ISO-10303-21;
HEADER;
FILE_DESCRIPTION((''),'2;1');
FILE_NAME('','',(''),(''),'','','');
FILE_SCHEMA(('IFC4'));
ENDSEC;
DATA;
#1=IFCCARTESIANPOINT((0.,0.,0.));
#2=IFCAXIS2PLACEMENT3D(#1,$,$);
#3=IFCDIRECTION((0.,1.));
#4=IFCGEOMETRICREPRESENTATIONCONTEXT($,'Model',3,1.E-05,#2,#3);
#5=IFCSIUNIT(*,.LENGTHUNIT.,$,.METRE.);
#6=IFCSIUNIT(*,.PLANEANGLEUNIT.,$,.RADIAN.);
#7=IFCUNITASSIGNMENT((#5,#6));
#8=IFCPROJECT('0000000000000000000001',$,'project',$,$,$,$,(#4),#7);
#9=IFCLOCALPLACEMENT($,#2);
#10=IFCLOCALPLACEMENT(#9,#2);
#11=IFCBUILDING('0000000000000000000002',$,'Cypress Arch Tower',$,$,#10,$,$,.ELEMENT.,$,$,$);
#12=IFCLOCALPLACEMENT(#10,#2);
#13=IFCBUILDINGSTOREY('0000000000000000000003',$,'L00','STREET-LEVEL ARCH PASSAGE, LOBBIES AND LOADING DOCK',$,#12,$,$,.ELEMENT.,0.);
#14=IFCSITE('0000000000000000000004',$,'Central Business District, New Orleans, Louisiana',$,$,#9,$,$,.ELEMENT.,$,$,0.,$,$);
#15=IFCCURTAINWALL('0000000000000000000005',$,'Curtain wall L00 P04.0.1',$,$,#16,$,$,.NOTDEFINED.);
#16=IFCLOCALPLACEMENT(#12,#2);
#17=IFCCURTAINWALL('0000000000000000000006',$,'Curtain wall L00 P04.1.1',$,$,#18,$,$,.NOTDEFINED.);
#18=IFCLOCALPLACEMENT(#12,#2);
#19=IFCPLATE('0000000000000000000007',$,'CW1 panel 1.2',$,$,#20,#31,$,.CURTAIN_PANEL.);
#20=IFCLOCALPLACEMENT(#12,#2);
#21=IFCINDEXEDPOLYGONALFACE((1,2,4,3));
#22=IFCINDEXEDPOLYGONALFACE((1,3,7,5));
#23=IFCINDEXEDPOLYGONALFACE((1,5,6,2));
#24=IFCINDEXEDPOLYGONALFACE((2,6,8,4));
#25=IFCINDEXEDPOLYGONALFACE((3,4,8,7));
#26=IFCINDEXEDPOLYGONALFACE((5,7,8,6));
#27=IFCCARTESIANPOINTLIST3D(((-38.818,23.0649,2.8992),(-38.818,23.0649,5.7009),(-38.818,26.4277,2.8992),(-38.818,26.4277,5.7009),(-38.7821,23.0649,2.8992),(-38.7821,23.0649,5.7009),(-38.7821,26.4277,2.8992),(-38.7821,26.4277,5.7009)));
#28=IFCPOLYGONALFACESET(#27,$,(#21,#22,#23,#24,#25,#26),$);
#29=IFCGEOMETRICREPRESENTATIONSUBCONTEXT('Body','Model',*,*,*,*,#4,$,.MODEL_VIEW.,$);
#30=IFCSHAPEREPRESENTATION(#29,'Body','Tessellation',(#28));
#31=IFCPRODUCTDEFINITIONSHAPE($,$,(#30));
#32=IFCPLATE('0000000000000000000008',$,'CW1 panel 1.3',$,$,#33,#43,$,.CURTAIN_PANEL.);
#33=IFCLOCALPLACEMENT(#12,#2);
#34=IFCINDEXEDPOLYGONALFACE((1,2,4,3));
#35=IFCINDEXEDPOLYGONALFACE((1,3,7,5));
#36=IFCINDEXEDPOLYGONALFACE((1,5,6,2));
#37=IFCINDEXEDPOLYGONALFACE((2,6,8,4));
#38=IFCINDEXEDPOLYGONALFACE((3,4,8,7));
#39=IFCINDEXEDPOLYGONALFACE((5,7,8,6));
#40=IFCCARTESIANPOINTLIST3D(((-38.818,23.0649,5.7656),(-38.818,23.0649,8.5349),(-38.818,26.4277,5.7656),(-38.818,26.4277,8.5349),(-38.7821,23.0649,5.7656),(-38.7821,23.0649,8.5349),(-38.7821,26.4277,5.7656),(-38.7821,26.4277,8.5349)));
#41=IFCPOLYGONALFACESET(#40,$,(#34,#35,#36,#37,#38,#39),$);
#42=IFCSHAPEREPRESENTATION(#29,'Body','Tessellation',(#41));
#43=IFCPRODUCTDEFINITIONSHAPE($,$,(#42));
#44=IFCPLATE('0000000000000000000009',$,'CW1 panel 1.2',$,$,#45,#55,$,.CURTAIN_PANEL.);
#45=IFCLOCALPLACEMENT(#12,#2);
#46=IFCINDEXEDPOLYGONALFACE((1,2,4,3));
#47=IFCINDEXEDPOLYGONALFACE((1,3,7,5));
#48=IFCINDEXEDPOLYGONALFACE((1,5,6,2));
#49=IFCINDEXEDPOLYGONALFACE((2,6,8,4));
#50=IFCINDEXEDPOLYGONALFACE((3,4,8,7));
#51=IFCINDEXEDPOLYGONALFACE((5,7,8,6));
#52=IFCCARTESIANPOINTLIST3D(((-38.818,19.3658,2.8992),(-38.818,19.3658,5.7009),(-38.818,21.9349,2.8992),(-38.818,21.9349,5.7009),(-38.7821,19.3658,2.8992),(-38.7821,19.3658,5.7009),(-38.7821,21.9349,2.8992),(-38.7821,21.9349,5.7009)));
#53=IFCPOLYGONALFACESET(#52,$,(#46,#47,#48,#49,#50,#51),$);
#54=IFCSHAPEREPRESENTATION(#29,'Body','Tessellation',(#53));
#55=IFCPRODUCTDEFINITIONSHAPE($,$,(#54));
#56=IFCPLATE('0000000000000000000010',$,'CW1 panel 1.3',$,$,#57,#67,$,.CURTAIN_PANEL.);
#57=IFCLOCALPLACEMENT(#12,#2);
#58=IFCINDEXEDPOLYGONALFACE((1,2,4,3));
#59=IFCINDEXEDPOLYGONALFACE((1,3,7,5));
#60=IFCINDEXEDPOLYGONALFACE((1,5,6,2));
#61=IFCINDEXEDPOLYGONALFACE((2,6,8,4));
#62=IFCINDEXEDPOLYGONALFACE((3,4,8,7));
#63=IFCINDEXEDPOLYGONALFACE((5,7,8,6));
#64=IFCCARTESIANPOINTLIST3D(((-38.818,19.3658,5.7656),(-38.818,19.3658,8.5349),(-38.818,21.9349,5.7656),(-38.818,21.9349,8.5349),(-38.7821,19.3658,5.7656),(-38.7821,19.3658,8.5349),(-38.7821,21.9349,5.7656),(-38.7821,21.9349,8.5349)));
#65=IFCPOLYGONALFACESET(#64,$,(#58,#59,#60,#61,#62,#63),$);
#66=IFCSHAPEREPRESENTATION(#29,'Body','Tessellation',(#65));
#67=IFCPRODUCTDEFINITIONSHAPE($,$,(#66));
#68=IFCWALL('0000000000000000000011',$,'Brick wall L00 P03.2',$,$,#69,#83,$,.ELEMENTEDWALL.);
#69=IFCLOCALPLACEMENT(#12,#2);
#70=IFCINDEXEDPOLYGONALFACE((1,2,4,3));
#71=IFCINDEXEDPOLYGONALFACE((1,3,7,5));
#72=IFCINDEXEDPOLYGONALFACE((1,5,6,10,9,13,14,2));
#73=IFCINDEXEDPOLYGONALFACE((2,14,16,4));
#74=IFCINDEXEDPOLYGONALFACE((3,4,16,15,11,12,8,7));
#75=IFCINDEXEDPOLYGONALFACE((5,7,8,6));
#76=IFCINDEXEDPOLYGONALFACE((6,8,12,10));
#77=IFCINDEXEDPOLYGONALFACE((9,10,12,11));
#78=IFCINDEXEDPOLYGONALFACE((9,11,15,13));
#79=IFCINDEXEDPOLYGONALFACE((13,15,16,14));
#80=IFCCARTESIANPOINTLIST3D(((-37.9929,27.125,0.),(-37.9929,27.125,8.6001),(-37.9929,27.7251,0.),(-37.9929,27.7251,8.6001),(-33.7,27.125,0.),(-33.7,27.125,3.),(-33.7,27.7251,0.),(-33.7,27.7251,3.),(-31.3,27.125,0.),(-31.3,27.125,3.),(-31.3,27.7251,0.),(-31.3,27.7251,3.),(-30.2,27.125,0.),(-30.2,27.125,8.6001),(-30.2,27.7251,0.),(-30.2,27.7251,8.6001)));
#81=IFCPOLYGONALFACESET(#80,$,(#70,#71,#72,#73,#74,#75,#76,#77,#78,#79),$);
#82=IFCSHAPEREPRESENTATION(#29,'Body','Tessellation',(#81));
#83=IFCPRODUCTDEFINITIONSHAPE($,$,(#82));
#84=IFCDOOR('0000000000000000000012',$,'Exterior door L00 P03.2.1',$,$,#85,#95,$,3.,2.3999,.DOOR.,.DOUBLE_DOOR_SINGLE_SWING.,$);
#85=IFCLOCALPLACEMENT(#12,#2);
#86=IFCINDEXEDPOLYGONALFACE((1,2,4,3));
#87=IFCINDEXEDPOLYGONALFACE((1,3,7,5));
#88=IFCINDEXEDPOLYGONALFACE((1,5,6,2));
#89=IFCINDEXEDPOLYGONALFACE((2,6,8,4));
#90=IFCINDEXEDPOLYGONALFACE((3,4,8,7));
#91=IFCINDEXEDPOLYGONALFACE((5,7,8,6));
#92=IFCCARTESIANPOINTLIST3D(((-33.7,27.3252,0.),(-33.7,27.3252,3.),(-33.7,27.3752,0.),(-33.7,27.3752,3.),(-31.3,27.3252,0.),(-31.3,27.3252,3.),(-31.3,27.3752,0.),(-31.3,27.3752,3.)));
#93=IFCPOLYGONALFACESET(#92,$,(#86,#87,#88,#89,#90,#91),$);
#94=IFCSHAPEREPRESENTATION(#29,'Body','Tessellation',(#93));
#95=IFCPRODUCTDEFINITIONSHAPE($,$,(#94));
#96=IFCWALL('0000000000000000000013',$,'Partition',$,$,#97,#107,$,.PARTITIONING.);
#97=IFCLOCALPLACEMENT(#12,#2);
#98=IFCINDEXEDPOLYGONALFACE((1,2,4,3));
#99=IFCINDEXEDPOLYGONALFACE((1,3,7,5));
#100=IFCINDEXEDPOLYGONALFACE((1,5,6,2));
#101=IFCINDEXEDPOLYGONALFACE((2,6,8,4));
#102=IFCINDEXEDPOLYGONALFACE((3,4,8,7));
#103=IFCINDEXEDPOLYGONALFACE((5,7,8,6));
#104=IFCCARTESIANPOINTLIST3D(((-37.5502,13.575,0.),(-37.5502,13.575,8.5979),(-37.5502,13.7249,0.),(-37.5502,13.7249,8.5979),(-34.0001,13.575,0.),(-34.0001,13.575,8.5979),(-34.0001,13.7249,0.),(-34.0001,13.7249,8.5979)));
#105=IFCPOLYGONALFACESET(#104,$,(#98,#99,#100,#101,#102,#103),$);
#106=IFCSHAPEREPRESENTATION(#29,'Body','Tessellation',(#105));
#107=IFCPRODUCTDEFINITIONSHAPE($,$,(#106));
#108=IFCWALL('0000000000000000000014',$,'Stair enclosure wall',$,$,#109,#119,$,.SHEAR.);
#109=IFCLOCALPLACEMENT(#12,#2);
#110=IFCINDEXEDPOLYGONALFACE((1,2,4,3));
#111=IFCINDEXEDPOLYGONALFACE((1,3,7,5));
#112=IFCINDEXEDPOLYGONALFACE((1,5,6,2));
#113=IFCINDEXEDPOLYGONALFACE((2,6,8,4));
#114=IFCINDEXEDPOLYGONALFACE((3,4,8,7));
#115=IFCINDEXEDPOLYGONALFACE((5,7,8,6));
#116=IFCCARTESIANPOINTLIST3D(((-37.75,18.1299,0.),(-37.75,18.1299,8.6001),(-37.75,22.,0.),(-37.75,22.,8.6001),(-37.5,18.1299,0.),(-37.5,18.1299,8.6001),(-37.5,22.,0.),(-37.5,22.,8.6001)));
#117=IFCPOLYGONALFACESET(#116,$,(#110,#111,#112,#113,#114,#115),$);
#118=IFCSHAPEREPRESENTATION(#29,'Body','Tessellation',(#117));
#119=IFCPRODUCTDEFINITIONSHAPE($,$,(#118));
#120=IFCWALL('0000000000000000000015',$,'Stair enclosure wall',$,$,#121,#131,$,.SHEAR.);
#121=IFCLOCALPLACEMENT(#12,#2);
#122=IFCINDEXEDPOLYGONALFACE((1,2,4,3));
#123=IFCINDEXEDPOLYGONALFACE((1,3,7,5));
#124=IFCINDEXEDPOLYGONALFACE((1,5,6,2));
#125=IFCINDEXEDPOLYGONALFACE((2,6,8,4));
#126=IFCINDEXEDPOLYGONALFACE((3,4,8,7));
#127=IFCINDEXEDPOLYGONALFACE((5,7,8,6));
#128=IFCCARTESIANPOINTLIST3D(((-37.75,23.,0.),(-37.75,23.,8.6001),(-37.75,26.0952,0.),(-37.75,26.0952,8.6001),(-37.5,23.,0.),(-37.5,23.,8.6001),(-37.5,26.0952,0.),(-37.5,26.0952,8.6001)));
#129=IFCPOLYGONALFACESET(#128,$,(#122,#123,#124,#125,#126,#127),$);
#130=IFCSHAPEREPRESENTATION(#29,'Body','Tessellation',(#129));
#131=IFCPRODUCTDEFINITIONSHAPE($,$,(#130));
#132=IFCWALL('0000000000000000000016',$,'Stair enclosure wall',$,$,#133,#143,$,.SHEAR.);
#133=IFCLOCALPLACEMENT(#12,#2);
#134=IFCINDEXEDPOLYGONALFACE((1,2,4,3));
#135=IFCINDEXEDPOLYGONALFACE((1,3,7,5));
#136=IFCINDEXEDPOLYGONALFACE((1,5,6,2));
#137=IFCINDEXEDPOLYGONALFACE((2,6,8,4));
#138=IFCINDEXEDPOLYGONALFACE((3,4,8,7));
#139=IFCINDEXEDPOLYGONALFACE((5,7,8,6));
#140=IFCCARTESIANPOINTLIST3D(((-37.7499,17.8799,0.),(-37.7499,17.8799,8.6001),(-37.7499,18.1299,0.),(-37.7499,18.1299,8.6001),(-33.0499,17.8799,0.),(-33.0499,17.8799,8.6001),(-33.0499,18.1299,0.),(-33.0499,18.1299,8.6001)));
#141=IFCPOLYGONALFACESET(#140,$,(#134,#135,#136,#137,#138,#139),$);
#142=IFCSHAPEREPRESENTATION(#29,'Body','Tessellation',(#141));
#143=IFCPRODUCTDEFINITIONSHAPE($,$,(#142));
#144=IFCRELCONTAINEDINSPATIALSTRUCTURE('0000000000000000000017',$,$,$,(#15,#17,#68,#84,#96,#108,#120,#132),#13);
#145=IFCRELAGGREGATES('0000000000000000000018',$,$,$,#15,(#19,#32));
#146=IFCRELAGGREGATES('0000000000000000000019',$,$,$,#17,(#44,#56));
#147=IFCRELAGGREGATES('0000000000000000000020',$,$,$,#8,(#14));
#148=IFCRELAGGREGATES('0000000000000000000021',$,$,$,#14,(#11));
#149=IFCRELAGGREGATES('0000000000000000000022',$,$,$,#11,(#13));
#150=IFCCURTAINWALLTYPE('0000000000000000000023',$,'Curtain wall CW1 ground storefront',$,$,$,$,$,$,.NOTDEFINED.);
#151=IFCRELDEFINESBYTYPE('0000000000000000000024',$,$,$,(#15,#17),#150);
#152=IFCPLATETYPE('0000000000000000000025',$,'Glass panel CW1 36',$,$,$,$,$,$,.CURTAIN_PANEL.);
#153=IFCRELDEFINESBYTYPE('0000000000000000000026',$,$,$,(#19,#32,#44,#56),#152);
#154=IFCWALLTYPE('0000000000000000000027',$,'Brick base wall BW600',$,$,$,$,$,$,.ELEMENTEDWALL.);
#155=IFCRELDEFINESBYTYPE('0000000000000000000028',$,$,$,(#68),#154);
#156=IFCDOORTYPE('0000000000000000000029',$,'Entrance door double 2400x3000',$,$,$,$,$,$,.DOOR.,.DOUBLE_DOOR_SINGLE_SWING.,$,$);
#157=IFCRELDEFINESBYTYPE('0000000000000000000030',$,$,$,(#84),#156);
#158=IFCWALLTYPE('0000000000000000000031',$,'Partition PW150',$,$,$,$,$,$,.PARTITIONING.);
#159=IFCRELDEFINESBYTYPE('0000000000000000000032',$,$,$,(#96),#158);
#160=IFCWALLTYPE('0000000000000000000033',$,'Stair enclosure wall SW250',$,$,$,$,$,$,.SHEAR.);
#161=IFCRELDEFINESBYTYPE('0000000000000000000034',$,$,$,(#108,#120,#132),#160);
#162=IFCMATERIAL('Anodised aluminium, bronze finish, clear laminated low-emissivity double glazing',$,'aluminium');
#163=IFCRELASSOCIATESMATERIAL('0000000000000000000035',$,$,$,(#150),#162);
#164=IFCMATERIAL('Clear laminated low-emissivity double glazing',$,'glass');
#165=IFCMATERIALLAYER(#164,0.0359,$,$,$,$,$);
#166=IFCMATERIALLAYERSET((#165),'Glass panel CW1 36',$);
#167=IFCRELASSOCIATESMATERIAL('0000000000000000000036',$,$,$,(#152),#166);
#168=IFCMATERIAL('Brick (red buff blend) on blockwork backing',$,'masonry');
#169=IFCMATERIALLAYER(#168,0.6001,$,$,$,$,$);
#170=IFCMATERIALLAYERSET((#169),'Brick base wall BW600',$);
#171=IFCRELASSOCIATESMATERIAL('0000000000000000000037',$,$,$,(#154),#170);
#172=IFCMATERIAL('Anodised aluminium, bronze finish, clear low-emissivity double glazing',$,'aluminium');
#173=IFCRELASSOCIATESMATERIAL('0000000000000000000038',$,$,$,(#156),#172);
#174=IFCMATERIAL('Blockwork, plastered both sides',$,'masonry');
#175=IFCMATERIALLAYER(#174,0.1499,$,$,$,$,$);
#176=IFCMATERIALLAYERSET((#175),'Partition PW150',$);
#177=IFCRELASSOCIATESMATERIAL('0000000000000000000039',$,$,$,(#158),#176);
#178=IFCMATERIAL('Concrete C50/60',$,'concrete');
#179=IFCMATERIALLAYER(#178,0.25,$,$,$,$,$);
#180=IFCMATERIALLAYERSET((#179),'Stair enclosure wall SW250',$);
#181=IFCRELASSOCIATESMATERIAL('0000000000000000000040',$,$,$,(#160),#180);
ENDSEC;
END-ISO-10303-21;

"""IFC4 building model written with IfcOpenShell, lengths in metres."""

from ifc_helpers import new_model, si_unit, direction, frame, frame_2d, origin, origin_2d, place, context, subcontext, project, spatial, rectangle, extrude, material, layer, layer_set, type_object, element, fill, aggregate, save


model = new_model("IFC4")

# Units and contexts
model_context = context("Model", 3, precision=1e-05, world=origin(), true_north=direction((0.0, 1.0)))
body_context = subcontext(model_context, "Body", "Model", "MODEL_VIEW")
ifc_project = project(units=[si_unit("LENGTHUNIT", "METRE"), si_unit("PLANEANGLEUNIT", "RADIAN")], contexts=[model_context])

# Site, building, storey
site_placement = place(None, origin())
site = spatial("IfcSite", under=ifc_project, at=site_placement, Name="Central Business District, New Orleans, Louisiana", CompositionType="ELEMENT", RefElevation=0.0)
building_placement = place(site_placement, origin())
building = spatial("IfcBuilding", under=site, at=building_placement, Name="Cypress Arch Tower", CompositionType="ELEMENT")
storey_placement = place(building_placement, origin())
storey = spatial("IfcBuildingStorey", under=building, at=storey_placement, Name="L00", Description="STREET-LEVEL ARCH PASSAGE, LOBBIES AND LOADING DOCK", CompositionType="ELEMENT", Elevation=0.0)

# Curtain wall
ifc_material_1 = material(Name="Anodised aluminium, bronze finish, clear laminated low-emissivity double glazing", Category="aluminium")
curtain_wall_type = type_object("IfcCurtainWallType", Name="Curtain wall CW1 ground storefront", PredefinedType="NOTDEFINED", material=ifc_material_1)
curtain_wall_1_placement = place(storey_placement, origin())
curtain_wall_1 = element("IfcCurtainWall", 1, at=curtain_wall_1_placement, inside=storey, type_object=curtain_wall_type, Name="Curtain wall L00 P04.0.1", PredefinedType="NOTDEFINED")

# Curtain wall
curtain_wall_2_placement = place(storey_placement, origin())
curtain_wall_2 = element("IfcCurtainWall", 2, at=curtain_wall_2_placement, inside=storey, type_object=curtain_wall_type, Name="Curtain wall L00 P04.1.1", PredefinedType="NOTDEFINED")

# Plates
ifc_material_2 = material(Name="Clear laminated low-emissivity double glazing", Category="glass")
ifc_layer_1 = layer(ifc_material_2, 0.0359)
ifc_layer_set_1 = layer_set([ifc_layer_1], Name="Glass panel CW1 36")
plate_type = type_object("IfcPlateType", Name="Glass panel CW1 36", PredefinedType="CURTAIN_PANEL", material=ifc_layer_set_1)
plate_1_placement = place(storey_placement, frame((-38.8, 24.7463, 2.8992), z_axis=(0.0, 0.0, 1.0), x_axis=(0.0, -1.0, 0.0)))
plate_1 = element("IfcPlate", 3, at=plate_1_placement, type_object=plate_type, Name="CW1 panel 1.2", PredefinedType="CURTAIN_PANEL", context=body_context, shape_type="SweptSolid", body=[
    extrude(rectangle(XDim=3.3628, YDim=0.0359, at=origin_2d()), origin(), (0.0, 0.0, 1.0), 2.8018),
])
plate_2_placement = place(storey_placement, frame((-38.8, 24.7463, 5.7656), z_axis=(0.0, 0.0, 1.0), x_axis=(0.0, -1.0, 0.0)))
plate_2 = element("IfcPlate", 4, at=plate_2_placement, type_object=plate_type, Name="CW1 panel 1.3", PredefinedType="CURTAIN_PANEL", context=body_context, shape_type="SweptSolid", body=[
    extrude(rectangle(XDim=3.3628, YDim=0.0359, at=origin_2d()), origin(), (0.0, 0.0, 1.0), 2.7693),
])
aggregate(curtain_wall_1, [plate_1, plate_2])
plate_3_placement = place(storey_placement, frame((-38.8, 20.6504, 2.8992), z_axis=(0.0, 0.0, 1.0), x_axis=(0.0, -1.0, 0.0)))
plate_3 = element("IfcPlate", 5, at=plate_3_placement, type_object=plate_type, Name="CW1 panel 1.2", PredefinedType="CURTAIN_PANEL", context=body_context, shape_type="SweptSolid", body=[
    extrude(rectangle(XDim=2.5691, YDim=0.0359, at=origin_2d()), origin(), (0.0, 0.0, 1.0), 2.8018),
])
plate_4_placement = place(storey_placement, frame((-38.8, 20.6504, 5.7656), z_axis=(0.0, 0.0, 1.0), x_axis=(0.0, -1.0, 0.0)))
plate_4 = element("IfcPlate", 6, at=plate_4_placement, type_object=plate_type, Name="CW1 panel 1.3", PredefinedType="CURTAIN_PANEL", context=body_context, shape_type="SweptSolid", body=[
    extrude(rectangle(XDim=2.5691, YDim=0.0359, at=origin_2d()), origin(), (0.0, 0.0, 1.0), 2.7693),
])
aggregate(curtain_wall_2, [plate_3, plate_4])

# Wall, opening, door
ifc_material_3 = material(Name="Brick (red buff blend) on blockwork backing", Category="masonry")
ifc_layer_2 = layer(ifc_material_3, 0.6001)
ifc_layer_set_2 = layer_set([ifc_layer_2], Name="Brick base wall BW600")
wall_type_1 = type_object("IfcWallType", Name="Brick base wall BW600", PredefinedType="ELEMENTEDWALL", material=ifc_layer_set_2)
wall_1_placement = place(storey_placement, frame((-37.9929, 27.425, 0.0), z_axis=(0.0, 0.0, 1.0), x_axis=(1.0, 0.0, 0.0)))
wall_1 = element("IfcWall", 7, at=wall_1_placement, inside=storey, type_object=wall_type_1, Name="Brick wall L00 P03.2", PredefinedType="ELEMENTEDWALL", context=body_context, shape_type="SweptSolid", body=[
    extrude(rectangle(XDim=7.793, YDim=0.6001, at=frame_2d((3.8965, 0.0))), origin(), (0.0, 0.0, 1.0), 8.6001),
])
opening_placement = place(wall_1_placement, frame((4.293, 0.0, 0.0)))
opening = element("IfcOpeningElement", 8, at=opening_placement, cuts=wall_1, PredefinedType="OPENING", context=body_context, shape_type="SweptSolid", body=[
    extrude(rectangle(XDim=2.3999, YDim=3.0, at=frame_2d((1.2, 1.5))), frame((0.0, 0.3101, 0.0), z_axis=(0.0, -1.0, 0.0), x_axis=(1.0, 0.0, 0.0)), (0.0, 0.0, 1.0), 0.6201),
])
ifc_material_4 = material(Name="Anodised aluminium, bronze finish, clear low-emissivity double glazing", Category="aluminium")
door_type = type_object("IfcDoorType", Name="Entrance door double 2400x3000", OperationType="DOUBLE_DOOR_SINGLE_SWING", PredefinedType="DOOR", material=ifc_material_4)
door_placement = place(opening_placement, origin())
door = element("IfcDoor", 9, at=door_placement, inside=storey, type_object=door_type, Name="Exterior door L00 P03.2.1", OperationType="DOUBLE_DOOR_SINGLE_SWING", OverallHeight=3.0, OverallWidth=2.3999, PredefinedType="DOOR", context=body_context, shape_type="SweptSolid", body=[
    extrude(rectangle(XDim=2.3999, YDim=3.0, at=frame_2d((1.2, 1.5))), frame((0.0, -0.0498, 0.0), z_axis=(0.0, -1.0, 0.0), x_axis=(1.0, 0.0, 0.0)), (0.0, 0.0, 1.0), 0.05),
])
fill(opening, door)

# Walls
ifc_material_5 = material(Name="Blockwork, plastered both sides", Category="masonry")
ifc_layer_3 = layer(ifc_material_5, 0.1499)
ifc_layer_set_3 = layer_set([ifc_layer_3], Name="Partition PW150")
wall_type_2 = type_object("IfcWallType", Name="Partition PW150", PredefinedType="PARTITIONING", material=ifc_layer_set_3)
wall_2_placement = place(storey_placement, frame((-37.55, 13.6499, 0.0), z_axis=(0.0, 0.0, 1.0), x_axis=(1.0, 0.0, 0.0)))
element("IfcWall", 10, at=wall_2_placement, inside=storey, type_object=wall_type_2, Name="Partition", PredefinedType="PARTITIONING", context=body_context, shape_type="SweptSolid", body=[
    extrude(rectangle(XDim=3.55, YDim=0.1499, at=frame_2d((1.7749, 0.0))), origin(), (0.0, 0.0, 1.0), 8.5979),
])
ifc_material_6 = material(Name="Concrete C50/60", Category="concrete")
ifc_layer_4 = layer(ifc_material_6, 0.25)
ifc_layer_set_4 = layer_set([ifc_layer_4], Name="Stair enclosure wall SW250")
wall_type_3 = type_object("IfcWallType", Name="Stair enclosure wall SW250", PredefinedType="SHEAR", material=ifc_layer_set_4)
wall_3_placement = place(storey_placement, frame((-37.625, 18.1299, 0.0), z_axis=(0.0, 0.0, 1.0), x_axis=(0.0, 1.0, 0.0)))
element("IfcWall", 11, at=wall_3_placement, inside=storey, type_object=wall_type_3, Name="Stair enclosure wall", PredefinedType="SHEAR", context=body_context, shape_type="SweptSolid", body=[
    extrude(rectangle(XDim=3.8701, YDim=0.25, at=frame_2d((1.9351, 0.0))), origin(), (0.0, 0.0, 1.0), 8.6001),
])
wall_4_placement = place(storey_placement, frame((-37.625, 23.0, 0.0), z_axis=(0.0, 0.0, 1.0), x_axis=(0.0, 1.0, 0.0)))
element("IfcWall", 12, at=wall_4_placement, inside=storey, type_object=wall_type_3, Name="Stair enclosure wall", PredefinedType="SHEAR", context=body_context, shape_type="SweptSolid", body=[
    extrude(rectangle(XDim=3.0952, YDim=0.25, at=frame_2d((1.5476, 0.0))), origin(), (0.0, 0.0, 1.0), 8.6001),
])
wall_5_placement = place(storey_placement, frame((-37.75, 18.0049, 0.0), z_axis=(0.0, 0.0, 1.0), x_axis=(1.0, 0.0, 0.0)))
element("IfcWall", 13, at=wall_5_placement, inside=storey, type_object=wall_type_3, Name="Stair enclosure wall", PredefinedType="SHEAR", context=body_context, shape_type="SweptSolid", body=[
    extrude(rectangle(XDim=4.7, YDim=0.25, at=frame_2d((2.3501, 0.0))), origin(), (0.0, 0.0, 1.0), 8.6001),
])

save(model, "model.ifc")
